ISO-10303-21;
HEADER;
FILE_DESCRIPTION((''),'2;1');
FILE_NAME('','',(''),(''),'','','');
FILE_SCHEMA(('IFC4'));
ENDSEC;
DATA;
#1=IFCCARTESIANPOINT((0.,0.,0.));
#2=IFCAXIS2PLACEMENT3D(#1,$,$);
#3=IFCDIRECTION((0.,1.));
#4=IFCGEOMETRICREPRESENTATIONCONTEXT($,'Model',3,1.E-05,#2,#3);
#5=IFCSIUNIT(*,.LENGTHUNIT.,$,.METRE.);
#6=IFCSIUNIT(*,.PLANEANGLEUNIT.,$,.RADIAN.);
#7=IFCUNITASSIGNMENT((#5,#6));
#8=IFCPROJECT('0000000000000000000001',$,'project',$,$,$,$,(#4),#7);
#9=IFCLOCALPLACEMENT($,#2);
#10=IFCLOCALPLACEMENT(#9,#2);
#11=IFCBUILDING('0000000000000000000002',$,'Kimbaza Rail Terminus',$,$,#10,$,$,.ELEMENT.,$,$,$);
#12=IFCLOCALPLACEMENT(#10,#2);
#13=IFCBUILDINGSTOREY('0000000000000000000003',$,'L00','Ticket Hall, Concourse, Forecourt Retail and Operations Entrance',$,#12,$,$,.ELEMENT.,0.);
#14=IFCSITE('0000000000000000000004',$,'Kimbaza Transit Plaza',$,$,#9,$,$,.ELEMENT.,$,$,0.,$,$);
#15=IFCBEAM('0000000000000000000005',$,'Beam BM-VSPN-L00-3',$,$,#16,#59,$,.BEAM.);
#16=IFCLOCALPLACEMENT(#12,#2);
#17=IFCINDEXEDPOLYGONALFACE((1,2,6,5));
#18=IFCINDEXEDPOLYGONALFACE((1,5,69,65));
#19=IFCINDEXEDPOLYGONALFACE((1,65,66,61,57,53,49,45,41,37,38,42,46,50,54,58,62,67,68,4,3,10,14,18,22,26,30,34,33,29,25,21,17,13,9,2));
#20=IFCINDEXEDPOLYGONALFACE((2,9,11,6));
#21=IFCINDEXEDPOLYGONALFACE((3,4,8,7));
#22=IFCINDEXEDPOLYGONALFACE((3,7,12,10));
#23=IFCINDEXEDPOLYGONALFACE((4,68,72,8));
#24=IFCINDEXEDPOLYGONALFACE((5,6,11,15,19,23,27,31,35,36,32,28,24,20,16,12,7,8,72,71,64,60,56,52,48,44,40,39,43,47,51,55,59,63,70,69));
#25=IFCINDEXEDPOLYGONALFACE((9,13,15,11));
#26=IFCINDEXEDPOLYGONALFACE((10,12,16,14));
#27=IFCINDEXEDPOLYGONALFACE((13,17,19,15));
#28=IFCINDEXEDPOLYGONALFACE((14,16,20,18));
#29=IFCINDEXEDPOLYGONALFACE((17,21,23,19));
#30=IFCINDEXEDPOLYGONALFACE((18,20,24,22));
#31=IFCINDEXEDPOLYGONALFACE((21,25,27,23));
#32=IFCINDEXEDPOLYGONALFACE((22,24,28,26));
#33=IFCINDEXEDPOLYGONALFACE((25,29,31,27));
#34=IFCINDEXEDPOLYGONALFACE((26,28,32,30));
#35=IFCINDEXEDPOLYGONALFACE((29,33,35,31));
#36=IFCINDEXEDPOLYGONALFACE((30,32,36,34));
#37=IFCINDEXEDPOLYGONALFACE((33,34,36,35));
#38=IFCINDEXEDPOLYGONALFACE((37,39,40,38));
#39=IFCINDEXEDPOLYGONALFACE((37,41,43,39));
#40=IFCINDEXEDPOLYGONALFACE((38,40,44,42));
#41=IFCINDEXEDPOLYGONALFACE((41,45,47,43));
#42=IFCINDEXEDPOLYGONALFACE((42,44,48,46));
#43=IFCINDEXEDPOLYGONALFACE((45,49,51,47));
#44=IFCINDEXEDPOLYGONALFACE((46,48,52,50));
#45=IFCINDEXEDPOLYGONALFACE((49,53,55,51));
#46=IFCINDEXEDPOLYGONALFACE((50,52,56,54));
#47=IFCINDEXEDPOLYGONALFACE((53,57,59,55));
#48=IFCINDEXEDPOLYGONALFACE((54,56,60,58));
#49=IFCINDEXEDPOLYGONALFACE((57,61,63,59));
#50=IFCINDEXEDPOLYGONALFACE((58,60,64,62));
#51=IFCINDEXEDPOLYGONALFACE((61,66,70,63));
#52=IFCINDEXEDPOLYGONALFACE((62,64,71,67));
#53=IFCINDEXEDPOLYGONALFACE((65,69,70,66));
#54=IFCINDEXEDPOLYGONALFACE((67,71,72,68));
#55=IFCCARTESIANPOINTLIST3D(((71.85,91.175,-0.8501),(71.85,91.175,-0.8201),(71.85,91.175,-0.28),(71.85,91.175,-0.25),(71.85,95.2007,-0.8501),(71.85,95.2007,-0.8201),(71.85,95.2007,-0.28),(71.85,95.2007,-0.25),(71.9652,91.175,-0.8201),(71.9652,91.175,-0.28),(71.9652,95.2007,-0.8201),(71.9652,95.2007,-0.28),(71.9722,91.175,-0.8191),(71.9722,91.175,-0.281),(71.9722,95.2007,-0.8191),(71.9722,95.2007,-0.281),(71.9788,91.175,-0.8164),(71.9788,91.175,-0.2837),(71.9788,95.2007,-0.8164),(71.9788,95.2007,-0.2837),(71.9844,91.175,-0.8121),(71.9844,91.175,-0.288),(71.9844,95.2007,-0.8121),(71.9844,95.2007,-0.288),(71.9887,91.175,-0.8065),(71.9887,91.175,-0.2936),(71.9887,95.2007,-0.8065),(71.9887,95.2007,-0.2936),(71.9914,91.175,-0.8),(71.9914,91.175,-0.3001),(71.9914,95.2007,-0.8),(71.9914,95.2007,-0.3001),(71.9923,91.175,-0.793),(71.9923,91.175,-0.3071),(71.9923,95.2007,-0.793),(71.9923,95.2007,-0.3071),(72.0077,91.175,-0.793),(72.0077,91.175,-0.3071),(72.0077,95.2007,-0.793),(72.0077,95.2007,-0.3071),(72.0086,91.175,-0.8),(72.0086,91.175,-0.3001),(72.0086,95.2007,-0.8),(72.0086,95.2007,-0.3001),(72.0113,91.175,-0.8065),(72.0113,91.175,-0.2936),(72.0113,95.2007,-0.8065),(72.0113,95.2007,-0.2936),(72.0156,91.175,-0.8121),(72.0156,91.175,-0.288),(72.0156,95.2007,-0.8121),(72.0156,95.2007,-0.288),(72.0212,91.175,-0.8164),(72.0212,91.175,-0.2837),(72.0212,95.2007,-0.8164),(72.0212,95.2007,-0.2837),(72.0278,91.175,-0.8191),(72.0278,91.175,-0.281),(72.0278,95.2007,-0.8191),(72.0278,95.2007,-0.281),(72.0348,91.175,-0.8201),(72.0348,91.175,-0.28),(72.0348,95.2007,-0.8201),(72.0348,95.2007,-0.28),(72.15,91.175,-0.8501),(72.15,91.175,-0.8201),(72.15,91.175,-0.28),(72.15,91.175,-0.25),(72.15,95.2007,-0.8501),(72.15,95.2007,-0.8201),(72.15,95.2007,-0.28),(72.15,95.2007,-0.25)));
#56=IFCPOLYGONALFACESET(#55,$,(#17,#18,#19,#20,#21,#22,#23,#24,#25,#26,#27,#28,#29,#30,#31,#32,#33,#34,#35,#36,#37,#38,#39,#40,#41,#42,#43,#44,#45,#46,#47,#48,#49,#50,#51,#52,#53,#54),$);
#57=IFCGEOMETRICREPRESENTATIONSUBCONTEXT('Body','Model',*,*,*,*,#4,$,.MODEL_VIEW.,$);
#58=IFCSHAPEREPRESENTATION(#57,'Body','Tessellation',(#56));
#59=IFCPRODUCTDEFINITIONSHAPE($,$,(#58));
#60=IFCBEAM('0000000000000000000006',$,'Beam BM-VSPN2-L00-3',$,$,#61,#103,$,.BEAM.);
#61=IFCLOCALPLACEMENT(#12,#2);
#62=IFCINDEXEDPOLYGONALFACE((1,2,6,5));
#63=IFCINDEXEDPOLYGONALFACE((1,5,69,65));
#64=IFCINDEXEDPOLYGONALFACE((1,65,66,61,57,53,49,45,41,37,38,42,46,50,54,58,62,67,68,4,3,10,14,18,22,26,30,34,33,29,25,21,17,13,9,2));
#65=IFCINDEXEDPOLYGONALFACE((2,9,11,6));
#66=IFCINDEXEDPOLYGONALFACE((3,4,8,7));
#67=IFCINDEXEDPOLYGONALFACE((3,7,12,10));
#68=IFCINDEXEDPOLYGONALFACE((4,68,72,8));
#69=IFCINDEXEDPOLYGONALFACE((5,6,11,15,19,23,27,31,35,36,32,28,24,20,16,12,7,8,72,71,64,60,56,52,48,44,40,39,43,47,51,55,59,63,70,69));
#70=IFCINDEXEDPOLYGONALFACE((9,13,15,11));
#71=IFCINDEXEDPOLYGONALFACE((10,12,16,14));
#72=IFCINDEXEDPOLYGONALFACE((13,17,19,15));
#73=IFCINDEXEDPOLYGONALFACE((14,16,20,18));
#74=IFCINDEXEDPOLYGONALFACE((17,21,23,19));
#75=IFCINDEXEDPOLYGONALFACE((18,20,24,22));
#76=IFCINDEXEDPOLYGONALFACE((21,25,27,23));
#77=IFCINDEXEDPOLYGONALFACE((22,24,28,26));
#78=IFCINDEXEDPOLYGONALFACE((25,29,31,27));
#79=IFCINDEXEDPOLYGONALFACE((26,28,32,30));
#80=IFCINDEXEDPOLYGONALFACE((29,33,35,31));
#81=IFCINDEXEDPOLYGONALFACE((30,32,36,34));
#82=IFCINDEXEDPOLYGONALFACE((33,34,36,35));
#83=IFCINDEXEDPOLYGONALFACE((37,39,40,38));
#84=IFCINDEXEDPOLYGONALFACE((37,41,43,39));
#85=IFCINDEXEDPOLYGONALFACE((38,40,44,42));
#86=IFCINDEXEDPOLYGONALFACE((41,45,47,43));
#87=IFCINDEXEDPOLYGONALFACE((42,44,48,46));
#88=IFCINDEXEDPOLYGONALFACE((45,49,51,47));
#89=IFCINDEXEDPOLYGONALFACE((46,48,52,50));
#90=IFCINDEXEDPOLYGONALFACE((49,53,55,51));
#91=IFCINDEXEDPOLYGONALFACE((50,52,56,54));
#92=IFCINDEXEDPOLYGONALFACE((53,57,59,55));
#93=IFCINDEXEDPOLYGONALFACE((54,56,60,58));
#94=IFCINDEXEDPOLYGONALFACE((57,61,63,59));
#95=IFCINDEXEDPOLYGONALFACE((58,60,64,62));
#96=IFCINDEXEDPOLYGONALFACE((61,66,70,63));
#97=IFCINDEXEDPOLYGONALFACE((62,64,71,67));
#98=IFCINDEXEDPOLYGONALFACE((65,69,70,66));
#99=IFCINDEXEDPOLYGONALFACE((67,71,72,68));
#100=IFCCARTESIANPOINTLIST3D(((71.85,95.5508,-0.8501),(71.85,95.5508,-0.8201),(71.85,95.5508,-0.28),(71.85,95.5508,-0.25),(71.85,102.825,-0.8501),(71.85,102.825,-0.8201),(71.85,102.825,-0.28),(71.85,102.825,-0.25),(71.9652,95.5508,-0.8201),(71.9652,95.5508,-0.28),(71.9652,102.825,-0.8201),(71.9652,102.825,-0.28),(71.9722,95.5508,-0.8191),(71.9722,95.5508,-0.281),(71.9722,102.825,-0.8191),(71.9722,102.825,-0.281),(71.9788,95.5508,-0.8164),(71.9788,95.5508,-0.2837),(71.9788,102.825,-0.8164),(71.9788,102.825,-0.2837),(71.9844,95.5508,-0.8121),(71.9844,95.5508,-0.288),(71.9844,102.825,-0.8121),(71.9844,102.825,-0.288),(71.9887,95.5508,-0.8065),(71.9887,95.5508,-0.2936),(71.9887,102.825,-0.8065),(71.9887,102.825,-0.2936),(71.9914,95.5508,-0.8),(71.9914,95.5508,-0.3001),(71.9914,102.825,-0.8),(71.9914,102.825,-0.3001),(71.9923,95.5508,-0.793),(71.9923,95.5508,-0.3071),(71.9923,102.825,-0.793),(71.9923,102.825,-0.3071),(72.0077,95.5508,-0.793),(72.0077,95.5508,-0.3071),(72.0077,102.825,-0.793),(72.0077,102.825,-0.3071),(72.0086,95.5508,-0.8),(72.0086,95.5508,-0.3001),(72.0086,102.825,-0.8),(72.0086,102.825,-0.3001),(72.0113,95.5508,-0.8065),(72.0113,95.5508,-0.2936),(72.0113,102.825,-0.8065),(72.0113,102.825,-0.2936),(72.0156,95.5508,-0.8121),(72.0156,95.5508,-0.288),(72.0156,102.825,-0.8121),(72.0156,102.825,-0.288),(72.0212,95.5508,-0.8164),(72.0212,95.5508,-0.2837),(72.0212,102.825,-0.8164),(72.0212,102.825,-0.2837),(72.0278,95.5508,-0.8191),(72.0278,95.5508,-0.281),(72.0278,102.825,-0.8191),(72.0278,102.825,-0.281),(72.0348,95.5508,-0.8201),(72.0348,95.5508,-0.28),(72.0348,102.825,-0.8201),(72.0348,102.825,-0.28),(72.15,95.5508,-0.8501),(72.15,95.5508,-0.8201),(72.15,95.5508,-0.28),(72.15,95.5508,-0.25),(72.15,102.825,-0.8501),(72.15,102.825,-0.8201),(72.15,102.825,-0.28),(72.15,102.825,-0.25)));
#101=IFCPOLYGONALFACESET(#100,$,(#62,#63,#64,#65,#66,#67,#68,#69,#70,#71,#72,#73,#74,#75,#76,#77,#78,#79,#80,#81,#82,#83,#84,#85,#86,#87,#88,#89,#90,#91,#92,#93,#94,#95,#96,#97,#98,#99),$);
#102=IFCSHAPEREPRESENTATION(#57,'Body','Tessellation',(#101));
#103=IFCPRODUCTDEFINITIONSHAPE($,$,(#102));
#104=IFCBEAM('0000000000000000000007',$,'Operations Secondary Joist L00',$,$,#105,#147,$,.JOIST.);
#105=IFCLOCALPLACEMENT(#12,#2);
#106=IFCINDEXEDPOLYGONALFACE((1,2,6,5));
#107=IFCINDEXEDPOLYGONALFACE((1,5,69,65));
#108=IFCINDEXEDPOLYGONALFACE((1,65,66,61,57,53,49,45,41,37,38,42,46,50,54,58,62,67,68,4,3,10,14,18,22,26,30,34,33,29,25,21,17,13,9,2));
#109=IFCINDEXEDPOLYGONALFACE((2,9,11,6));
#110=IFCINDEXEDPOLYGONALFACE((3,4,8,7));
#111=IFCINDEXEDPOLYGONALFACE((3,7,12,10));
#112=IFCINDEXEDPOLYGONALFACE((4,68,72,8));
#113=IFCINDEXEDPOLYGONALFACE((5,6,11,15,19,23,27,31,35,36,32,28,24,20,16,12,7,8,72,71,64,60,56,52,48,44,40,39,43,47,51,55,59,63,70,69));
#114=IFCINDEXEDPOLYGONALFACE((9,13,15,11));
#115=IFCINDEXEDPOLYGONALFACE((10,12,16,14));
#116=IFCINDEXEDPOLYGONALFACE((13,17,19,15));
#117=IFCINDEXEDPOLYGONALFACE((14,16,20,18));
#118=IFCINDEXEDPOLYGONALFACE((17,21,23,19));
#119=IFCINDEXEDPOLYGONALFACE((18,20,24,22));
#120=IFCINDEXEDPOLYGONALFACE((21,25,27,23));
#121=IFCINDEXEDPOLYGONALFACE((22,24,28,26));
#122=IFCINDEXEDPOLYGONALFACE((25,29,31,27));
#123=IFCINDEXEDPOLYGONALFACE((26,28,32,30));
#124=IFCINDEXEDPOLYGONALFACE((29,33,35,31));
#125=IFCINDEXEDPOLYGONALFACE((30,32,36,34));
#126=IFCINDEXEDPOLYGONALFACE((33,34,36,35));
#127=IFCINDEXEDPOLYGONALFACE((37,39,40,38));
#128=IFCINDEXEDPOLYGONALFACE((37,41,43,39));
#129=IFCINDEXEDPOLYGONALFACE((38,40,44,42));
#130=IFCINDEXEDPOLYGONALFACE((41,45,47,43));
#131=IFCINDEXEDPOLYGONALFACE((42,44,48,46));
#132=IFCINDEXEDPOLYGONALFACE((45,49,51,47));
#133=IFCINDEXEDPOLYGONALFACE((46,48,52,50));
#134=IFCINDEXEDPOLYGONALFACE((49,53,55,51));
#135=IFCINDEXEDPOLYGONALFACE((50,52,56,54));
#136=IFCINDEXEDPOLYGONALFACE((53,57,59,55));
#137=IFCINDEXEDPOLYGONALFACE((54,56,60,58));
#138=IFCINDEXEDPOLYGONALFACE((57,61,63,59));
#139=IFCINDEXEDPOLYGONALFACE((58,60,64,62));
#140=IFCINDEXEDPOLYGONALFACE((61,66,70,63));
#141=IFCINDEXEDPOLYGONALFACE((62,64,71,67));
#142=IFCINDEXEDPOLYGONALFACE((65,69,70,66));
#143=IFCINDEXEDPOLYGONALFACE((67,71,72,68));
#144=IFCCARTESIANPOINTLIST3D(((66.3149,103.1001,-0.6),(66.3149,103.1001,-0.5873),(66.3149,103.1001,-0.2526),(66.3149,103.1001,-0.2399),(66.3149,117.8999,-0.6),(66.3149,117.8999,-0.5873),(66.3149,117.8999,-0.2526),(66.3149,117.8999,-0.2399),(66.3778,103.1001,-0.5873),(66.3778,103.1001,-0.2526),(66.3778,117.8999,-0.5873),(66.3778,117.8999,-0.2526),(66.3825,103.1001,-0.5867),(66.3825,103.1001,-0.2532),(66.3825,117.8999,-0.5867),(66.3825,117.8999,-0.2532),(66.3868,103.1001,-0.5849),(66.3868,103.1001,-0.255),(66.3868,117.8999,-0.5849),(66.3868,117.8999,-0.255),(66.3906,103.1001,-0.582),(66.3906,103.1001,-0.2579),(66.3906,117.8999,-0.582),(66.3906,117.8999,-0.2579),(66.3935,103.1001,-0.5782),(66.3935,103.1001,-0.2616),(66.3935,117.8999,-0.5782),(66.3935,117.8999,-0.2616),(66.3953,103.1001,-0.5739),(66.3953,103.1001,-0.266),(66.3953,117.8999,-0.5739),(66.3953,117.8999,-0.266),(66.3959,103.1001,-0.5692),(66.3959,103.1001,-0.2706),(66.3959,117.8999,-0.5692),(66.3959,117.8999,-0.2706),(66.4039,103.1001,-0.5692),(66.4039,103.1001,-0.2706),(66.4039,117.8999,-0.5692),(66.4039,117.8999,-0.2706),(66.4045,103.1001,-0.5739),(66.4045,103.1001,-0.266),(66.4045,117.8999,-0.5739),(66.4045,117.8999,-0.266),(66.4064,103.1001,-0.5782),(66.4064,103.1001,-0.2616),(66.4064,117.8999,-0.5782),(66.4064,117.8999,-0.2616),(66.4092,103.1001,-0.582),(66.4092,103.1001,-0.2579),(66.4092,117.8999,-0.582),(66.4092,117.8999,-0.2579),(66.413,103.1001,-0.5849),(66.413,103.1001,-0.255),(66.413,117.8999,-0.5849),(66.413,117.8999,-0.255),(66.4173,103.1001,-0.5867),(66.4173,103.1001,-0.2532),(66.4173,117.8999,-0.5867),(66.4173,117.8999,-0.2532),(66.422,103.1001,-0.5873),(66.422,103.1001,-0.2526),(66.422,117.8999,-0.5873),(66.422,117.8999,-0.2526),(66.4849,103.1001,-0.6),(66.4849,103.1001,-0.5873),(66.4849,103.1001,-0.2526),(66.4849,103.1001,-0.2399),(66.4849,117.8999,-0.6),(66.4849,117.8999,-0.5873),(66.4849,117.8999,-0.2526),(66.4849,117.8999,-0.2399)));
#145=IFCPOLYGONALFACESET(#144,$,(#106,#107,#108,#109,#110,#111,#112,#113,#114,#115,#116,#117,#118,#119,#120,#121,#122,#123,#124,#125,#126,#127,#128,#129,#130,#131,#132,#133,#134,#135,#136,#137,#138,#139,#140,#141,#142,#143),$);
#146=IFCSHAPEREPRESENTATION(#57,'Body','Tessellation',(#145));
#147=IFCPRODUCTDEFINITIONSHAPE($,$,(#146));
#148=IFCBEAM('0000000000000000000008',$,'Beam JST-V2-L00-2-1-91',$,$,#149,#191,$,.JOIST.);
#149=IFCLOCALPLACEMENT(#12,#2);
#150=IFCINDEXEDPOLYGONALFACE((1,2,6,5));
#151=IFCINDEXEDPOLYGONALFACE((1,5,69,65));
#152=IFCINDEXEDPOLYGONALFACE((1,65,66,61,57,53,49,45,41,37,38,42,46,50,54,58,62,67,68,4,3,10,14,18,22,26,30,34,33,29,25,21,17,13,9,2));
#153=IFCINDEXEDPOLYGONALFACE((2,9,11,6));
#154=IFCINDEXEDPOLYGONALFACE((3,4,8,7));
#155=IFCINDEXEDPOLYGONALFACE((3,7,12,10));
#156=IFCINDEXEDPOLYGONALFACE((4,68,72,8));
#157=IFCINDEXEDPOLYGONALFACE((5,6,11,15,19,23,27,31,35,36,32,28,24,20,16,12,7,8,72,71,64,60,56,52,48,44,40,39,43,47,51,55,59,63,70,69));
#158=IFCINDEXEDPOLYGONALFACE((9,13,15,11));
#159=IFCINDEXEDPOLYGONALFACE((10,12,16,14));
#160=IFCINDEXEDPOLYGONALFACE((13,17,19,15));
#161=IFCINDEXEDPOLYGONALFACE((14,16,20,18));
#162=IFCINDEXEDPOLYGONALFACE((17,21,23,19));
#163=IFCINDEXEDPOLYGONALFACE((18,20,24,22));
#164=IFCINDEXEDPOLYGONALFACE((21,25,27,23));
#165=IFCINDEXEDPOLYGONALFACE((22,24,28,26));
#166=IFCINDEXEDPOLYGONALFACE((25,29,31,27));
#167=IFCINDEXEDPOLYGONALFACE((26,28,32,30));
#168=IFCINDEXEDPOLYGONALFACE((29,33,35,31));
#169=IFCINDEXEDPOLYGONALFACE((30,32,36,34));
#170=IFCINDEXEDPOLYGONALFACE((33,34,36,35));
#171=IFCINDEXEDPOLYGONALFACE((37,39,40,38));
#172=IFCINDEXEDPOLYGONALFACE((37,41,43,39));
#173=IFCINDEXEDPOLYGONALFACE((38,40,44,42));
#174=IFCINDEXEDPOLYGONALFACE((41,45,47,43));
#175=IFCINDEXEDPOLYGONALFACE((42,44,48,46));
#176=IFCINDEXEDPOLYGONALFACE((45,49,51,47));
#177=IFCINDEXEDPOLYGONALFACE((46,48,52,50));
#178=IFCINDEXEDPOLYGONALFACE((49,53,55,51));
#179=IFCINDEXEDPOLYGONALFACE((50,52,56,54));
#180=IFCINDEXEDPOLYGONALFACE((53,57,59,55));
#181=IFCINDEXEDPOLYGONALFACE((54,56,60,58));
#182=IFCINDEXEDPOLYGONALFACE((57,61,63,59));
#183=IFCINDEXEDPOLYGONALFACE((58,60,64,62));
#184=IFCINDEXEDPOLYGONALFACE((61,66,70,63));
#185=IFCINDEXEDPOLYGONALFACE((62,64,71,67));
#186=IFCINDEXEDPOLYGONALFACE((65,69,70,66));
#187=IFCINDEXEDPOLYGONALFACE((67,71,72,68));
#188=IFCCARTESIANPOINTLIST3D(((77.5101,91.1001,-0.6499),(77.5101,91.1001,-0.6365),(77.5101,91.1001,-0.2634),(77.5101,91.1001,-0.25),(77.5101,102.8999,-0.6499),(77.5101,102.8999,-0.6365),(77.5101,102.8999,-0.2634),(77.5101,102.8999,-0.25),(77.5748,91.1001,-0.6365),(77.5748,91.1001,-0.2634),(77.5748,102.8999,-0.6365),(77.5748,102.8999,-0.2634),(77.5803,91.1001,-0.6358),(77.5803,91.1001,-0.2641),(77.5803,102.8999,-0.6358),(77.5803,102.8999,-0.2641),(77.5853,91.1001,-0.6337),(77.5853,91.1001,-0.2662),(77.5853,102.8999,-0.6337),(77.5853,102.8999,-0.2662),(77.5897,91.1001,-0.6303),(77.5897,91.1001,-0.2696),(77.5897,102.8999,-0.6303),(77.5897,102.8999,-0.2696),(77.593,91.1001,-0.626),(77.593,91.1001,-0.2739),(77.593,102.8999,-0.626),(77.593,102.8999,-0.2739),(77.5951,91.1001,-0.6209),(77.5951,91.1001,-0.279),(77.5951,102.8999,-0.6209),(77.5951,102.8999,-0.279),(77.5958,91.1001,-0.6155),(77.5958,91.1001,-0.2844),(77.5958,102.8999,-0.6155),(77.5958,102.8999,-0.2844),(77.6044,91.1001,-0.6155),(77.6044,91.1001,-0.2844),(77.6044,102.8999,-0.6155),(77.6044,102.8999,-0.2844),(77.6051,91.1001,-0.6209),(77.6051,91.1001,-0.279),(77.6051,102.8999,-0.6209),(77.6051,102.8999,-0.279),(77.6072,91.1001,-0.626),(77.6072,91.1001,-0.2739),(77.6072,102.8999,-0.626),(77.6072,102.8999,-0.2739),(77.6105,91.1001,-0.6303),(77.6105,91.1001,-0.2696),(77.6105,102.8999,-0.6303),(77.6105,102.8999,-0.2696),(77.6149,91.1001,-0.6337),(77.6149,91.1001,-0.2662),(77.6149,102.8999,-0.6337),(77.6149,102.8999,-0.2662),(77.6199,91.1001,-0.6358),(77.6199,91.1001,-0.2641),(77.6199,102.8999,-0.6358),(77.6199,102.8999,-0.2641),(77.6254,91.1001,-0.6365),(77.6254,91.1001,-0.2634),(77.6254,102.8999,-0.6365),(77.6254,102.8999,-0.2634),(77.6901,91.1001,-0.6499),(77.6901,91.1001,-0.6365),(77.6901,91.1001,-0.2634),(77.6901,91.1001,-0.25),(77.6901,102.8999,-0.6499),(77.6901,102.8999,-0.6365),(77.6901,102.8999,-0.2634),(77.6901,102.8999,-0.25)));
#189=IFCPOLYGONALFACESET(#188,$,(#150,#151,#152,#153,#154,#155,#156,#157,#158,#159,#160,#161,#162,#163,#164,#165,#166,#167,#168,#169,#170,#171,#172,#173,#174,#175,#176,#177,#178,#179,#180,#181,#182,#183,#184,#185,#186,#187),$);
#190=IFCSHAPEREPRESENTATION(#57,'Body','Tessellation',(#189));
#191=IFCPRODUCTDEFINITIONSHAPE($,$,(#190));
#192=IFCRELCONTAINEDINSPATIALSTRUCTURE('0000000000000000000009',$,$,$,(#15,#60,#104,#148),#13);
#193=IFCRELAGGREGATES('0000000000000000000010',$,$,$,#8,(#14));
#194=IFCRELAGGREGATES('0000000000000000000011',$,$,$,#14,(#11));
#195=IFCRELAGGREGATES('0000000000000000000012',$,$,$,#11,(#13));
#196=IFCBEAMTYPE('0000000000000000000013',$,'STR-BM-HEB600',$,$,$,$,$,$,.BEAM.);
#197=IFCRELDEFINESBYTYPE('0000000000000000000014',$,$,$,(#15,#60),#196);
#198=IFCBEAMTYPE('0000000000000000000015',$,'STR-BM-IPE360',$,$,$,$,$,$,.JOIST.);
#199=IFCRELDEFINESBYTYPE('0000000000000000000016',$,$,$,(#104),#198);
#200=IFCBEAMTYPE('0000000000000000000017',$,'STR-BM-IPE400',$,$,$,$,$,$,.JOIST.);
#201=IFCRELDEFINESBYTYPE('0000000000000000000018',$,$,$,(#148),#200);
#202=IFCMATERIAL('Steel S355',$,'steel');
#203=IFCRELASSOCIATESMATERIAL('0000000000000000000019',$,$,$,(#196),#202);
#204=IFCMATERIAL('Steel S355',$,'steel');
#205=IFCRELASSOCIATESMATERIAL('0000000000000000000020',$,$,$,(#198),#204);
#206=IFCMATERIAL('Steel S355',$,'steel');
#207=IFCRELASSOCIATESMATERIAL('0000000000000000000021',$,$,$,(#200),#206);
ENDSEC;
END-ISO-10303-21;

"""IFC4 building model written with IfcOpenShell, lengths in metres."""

from ifc_helpers import new_model, si_unit, direction, frame, origin, origin_2d, place, context, subcontext, project, spatial, i_section, extrude, material, material_profile, profile_set, type_object, element, save


model = new_model("IFC4")

# Units and contexts
model_context = context("Model", 3, precision=1e-05, world=origin(), true_north=direction((0.0, 1.0)))
body_context = subcontext(model_context, "Body", "Model", "MODEL_VIEW")
ifc_project = project(units=[si_unit("LENGTHUNIT", "METRE"), si_unit("PLANEANGLEUNIT", "RADIAN")], contexts=[model_context])

# Site, building, storey
site_placement = place(None, origin())
site = spatial("IfcSite", under=ifc_project, at=site_placement, Name="Kimbaza Transit Plaza", CompositionType="ELEMENT", RefElevation=0.0)
building_placement = place(site_placement, origin())
building = spatial("IfcBuilding", under=site, at=building_placement, Name="Kimbaza Rail Terminus", CompositionType="ELEMENT")
storey_placement = place(building_placement, origin())
storey = spatial("IfcBuildingStorey", under=building, at=storey_placement, Name="L00", Description="Ticket Hall, Concourse, Forecourt Retail and Operations Entrance", CompositionType="ELEMENT", Elevation=0.0)

# Beams
ifc_material_1 = material(Name="Steel S355", Category="steel")
ifc_material_profile_1 = material_profile(ifc_material_1, i_section(OverallWidth=0.3, OverallDepth=0.6001, WebThickness=0.0154, FlangeThickness=0.03, FilletRadius=0.0271, at=origin_2d()), Name="HEB 600")
ifc_profile_set_1 = profile_set([ifc_material_profile_1], Name="Steel S355")
beam_type_1 = type_object("IfcBeamType", Name="STR-BM-HEB600", PredefinedType="BEAM", material=ifc_profile_set_1)
beam_1_placement = place(storey_placement, frame((72.0, 91.175, -0.55), z_axis=(0.0, 1.0, 0.0), x_axis=(-1.0, 0.0, 0.0)))
element("IfcBeam", 1, at=beam_1_placement, inside=storey, type_object=beam_type_1, Name="Beam BM-VSPN-L00-3", PredefinedType="BEAM", context=body_context, shape_type="SweptSolid", body=[
    extrude(i_section(OverallWidth=0.3, OverallDepth=0.6001, WebThickness=0.0154, FlangeThickness=0.03, FilletRadius=0.0271, at=origin_2d()), origin(), (0.0, 0.0, 1.0), 4.0256),
])
beam_2_placement = place(storey_placement, frame((72.0, 95.5508, -0.55), z_axis=(0.0, 1.0, 0.0), x_axis=(-1.0, 0.0, 0.0)))
element("IfcBeam", 2, at=beam_2_placement, inside=storey, type_object=beam_type_1, Name="Beam BM-VSPN2-L00-3", PredefinedType="BEAM", context=body_context, shape_type="SweptSolid", body=[
    extrude(i_section(OverallWidth=0.3, OverallDepth=0.6001, WebThickness=0.0154, FlangeThickness=0.03, FilletRadius=0.0271, at=origin_2d()), origin(), (0.0, 0.0, 1.0), 7.2742),
])
ifc_material_2 = material(Name="Steel S355", Category="steel")
ifc_material_profile_2 = material_profile(ifc_material_2, i_section(OverallWidth=0.1699, OverallDepth=0.3601, WebThickness=0.0081, FlangeThickness=0.0127, FilletRadius=0.0181, at=origin_2d()), Name="IPE 360")
ifc_profile_set_2 = profile_set([ifc_material_profile_2], Name="Steel S355")
beam_type_2 = type_object("IfcBeamType", Name="STR-BM-IPE360", PredefinedType="JOIST", material=ifc_profile_set_2)
beam_3_placement = place(storey_placement, frame((66.3999, 103.1001, -0.4199), z_axis=(0.0, 1.0, 0.0), x_axis=(-1.0, 0.0, 0.0)))
element("IfcBeam", 3, at=beam_3_placement, inside=storey, type_object=beam_type_2, Name="Operations Secondary Joist L00", PredefinedType="JOIST", context=body_context, shape_type="SweptSolid", body=[
    extrude(i_section(OverallWidth=0.1699, OverallDepth=0.3601, WebThickness=0.0081, FlangeThickness=0.0127, FilletRadius=0.0181, at=origin_2d()), origin(), (0.0, 0.0, 1.0), 14.7998),
])
ifc_material_3 = material(Name="Steel S355", Category="steel")
ifc_material_profile_3 = material_profile(ifc_material_3, i_section(OverallWidth=0.1799, OverallDepth=0.3999, WebThickness=0.0085, FlangeThickness=0.0134, FilletRadius=0.021, at=origin_2d()), Name="IPE 400")
ifc_profile_set_3 = profile_set([ifc_material_profile_3], Name="Steel S355")
beam_type_3 = type_object("IfcBeamType", Name="STR-BM-IPE400", PredefinedType="JOIST", material=ifc_profile_set_3)
beam_4_placement = place(storey_placement, frame((77.6001, 91.1001, -0.45), z_axis=(0.0, 1.0, 0.0), x_axis=(-1.0, 0.0, 0.0)))
element("IfcBeam", 4, at=beam_4_placement, inside=storey, type_object=beam_type_3, Name="Beam JST-V2-L00-2-1-91", PredefinedType="JOIST", context=body_context, shape_type="SweptSolid", body=[
    extrude(i_section(OverallWidth=0.1799, OverallDepth=0.3999, WebThickness=0.0085, FlangeThickness=0.0134, FilletRadius=0.021, at=origin_2d()), origin(), (0.0, 0.0, 1.0), 11.7998),
])

save(model, "model.ifc")
